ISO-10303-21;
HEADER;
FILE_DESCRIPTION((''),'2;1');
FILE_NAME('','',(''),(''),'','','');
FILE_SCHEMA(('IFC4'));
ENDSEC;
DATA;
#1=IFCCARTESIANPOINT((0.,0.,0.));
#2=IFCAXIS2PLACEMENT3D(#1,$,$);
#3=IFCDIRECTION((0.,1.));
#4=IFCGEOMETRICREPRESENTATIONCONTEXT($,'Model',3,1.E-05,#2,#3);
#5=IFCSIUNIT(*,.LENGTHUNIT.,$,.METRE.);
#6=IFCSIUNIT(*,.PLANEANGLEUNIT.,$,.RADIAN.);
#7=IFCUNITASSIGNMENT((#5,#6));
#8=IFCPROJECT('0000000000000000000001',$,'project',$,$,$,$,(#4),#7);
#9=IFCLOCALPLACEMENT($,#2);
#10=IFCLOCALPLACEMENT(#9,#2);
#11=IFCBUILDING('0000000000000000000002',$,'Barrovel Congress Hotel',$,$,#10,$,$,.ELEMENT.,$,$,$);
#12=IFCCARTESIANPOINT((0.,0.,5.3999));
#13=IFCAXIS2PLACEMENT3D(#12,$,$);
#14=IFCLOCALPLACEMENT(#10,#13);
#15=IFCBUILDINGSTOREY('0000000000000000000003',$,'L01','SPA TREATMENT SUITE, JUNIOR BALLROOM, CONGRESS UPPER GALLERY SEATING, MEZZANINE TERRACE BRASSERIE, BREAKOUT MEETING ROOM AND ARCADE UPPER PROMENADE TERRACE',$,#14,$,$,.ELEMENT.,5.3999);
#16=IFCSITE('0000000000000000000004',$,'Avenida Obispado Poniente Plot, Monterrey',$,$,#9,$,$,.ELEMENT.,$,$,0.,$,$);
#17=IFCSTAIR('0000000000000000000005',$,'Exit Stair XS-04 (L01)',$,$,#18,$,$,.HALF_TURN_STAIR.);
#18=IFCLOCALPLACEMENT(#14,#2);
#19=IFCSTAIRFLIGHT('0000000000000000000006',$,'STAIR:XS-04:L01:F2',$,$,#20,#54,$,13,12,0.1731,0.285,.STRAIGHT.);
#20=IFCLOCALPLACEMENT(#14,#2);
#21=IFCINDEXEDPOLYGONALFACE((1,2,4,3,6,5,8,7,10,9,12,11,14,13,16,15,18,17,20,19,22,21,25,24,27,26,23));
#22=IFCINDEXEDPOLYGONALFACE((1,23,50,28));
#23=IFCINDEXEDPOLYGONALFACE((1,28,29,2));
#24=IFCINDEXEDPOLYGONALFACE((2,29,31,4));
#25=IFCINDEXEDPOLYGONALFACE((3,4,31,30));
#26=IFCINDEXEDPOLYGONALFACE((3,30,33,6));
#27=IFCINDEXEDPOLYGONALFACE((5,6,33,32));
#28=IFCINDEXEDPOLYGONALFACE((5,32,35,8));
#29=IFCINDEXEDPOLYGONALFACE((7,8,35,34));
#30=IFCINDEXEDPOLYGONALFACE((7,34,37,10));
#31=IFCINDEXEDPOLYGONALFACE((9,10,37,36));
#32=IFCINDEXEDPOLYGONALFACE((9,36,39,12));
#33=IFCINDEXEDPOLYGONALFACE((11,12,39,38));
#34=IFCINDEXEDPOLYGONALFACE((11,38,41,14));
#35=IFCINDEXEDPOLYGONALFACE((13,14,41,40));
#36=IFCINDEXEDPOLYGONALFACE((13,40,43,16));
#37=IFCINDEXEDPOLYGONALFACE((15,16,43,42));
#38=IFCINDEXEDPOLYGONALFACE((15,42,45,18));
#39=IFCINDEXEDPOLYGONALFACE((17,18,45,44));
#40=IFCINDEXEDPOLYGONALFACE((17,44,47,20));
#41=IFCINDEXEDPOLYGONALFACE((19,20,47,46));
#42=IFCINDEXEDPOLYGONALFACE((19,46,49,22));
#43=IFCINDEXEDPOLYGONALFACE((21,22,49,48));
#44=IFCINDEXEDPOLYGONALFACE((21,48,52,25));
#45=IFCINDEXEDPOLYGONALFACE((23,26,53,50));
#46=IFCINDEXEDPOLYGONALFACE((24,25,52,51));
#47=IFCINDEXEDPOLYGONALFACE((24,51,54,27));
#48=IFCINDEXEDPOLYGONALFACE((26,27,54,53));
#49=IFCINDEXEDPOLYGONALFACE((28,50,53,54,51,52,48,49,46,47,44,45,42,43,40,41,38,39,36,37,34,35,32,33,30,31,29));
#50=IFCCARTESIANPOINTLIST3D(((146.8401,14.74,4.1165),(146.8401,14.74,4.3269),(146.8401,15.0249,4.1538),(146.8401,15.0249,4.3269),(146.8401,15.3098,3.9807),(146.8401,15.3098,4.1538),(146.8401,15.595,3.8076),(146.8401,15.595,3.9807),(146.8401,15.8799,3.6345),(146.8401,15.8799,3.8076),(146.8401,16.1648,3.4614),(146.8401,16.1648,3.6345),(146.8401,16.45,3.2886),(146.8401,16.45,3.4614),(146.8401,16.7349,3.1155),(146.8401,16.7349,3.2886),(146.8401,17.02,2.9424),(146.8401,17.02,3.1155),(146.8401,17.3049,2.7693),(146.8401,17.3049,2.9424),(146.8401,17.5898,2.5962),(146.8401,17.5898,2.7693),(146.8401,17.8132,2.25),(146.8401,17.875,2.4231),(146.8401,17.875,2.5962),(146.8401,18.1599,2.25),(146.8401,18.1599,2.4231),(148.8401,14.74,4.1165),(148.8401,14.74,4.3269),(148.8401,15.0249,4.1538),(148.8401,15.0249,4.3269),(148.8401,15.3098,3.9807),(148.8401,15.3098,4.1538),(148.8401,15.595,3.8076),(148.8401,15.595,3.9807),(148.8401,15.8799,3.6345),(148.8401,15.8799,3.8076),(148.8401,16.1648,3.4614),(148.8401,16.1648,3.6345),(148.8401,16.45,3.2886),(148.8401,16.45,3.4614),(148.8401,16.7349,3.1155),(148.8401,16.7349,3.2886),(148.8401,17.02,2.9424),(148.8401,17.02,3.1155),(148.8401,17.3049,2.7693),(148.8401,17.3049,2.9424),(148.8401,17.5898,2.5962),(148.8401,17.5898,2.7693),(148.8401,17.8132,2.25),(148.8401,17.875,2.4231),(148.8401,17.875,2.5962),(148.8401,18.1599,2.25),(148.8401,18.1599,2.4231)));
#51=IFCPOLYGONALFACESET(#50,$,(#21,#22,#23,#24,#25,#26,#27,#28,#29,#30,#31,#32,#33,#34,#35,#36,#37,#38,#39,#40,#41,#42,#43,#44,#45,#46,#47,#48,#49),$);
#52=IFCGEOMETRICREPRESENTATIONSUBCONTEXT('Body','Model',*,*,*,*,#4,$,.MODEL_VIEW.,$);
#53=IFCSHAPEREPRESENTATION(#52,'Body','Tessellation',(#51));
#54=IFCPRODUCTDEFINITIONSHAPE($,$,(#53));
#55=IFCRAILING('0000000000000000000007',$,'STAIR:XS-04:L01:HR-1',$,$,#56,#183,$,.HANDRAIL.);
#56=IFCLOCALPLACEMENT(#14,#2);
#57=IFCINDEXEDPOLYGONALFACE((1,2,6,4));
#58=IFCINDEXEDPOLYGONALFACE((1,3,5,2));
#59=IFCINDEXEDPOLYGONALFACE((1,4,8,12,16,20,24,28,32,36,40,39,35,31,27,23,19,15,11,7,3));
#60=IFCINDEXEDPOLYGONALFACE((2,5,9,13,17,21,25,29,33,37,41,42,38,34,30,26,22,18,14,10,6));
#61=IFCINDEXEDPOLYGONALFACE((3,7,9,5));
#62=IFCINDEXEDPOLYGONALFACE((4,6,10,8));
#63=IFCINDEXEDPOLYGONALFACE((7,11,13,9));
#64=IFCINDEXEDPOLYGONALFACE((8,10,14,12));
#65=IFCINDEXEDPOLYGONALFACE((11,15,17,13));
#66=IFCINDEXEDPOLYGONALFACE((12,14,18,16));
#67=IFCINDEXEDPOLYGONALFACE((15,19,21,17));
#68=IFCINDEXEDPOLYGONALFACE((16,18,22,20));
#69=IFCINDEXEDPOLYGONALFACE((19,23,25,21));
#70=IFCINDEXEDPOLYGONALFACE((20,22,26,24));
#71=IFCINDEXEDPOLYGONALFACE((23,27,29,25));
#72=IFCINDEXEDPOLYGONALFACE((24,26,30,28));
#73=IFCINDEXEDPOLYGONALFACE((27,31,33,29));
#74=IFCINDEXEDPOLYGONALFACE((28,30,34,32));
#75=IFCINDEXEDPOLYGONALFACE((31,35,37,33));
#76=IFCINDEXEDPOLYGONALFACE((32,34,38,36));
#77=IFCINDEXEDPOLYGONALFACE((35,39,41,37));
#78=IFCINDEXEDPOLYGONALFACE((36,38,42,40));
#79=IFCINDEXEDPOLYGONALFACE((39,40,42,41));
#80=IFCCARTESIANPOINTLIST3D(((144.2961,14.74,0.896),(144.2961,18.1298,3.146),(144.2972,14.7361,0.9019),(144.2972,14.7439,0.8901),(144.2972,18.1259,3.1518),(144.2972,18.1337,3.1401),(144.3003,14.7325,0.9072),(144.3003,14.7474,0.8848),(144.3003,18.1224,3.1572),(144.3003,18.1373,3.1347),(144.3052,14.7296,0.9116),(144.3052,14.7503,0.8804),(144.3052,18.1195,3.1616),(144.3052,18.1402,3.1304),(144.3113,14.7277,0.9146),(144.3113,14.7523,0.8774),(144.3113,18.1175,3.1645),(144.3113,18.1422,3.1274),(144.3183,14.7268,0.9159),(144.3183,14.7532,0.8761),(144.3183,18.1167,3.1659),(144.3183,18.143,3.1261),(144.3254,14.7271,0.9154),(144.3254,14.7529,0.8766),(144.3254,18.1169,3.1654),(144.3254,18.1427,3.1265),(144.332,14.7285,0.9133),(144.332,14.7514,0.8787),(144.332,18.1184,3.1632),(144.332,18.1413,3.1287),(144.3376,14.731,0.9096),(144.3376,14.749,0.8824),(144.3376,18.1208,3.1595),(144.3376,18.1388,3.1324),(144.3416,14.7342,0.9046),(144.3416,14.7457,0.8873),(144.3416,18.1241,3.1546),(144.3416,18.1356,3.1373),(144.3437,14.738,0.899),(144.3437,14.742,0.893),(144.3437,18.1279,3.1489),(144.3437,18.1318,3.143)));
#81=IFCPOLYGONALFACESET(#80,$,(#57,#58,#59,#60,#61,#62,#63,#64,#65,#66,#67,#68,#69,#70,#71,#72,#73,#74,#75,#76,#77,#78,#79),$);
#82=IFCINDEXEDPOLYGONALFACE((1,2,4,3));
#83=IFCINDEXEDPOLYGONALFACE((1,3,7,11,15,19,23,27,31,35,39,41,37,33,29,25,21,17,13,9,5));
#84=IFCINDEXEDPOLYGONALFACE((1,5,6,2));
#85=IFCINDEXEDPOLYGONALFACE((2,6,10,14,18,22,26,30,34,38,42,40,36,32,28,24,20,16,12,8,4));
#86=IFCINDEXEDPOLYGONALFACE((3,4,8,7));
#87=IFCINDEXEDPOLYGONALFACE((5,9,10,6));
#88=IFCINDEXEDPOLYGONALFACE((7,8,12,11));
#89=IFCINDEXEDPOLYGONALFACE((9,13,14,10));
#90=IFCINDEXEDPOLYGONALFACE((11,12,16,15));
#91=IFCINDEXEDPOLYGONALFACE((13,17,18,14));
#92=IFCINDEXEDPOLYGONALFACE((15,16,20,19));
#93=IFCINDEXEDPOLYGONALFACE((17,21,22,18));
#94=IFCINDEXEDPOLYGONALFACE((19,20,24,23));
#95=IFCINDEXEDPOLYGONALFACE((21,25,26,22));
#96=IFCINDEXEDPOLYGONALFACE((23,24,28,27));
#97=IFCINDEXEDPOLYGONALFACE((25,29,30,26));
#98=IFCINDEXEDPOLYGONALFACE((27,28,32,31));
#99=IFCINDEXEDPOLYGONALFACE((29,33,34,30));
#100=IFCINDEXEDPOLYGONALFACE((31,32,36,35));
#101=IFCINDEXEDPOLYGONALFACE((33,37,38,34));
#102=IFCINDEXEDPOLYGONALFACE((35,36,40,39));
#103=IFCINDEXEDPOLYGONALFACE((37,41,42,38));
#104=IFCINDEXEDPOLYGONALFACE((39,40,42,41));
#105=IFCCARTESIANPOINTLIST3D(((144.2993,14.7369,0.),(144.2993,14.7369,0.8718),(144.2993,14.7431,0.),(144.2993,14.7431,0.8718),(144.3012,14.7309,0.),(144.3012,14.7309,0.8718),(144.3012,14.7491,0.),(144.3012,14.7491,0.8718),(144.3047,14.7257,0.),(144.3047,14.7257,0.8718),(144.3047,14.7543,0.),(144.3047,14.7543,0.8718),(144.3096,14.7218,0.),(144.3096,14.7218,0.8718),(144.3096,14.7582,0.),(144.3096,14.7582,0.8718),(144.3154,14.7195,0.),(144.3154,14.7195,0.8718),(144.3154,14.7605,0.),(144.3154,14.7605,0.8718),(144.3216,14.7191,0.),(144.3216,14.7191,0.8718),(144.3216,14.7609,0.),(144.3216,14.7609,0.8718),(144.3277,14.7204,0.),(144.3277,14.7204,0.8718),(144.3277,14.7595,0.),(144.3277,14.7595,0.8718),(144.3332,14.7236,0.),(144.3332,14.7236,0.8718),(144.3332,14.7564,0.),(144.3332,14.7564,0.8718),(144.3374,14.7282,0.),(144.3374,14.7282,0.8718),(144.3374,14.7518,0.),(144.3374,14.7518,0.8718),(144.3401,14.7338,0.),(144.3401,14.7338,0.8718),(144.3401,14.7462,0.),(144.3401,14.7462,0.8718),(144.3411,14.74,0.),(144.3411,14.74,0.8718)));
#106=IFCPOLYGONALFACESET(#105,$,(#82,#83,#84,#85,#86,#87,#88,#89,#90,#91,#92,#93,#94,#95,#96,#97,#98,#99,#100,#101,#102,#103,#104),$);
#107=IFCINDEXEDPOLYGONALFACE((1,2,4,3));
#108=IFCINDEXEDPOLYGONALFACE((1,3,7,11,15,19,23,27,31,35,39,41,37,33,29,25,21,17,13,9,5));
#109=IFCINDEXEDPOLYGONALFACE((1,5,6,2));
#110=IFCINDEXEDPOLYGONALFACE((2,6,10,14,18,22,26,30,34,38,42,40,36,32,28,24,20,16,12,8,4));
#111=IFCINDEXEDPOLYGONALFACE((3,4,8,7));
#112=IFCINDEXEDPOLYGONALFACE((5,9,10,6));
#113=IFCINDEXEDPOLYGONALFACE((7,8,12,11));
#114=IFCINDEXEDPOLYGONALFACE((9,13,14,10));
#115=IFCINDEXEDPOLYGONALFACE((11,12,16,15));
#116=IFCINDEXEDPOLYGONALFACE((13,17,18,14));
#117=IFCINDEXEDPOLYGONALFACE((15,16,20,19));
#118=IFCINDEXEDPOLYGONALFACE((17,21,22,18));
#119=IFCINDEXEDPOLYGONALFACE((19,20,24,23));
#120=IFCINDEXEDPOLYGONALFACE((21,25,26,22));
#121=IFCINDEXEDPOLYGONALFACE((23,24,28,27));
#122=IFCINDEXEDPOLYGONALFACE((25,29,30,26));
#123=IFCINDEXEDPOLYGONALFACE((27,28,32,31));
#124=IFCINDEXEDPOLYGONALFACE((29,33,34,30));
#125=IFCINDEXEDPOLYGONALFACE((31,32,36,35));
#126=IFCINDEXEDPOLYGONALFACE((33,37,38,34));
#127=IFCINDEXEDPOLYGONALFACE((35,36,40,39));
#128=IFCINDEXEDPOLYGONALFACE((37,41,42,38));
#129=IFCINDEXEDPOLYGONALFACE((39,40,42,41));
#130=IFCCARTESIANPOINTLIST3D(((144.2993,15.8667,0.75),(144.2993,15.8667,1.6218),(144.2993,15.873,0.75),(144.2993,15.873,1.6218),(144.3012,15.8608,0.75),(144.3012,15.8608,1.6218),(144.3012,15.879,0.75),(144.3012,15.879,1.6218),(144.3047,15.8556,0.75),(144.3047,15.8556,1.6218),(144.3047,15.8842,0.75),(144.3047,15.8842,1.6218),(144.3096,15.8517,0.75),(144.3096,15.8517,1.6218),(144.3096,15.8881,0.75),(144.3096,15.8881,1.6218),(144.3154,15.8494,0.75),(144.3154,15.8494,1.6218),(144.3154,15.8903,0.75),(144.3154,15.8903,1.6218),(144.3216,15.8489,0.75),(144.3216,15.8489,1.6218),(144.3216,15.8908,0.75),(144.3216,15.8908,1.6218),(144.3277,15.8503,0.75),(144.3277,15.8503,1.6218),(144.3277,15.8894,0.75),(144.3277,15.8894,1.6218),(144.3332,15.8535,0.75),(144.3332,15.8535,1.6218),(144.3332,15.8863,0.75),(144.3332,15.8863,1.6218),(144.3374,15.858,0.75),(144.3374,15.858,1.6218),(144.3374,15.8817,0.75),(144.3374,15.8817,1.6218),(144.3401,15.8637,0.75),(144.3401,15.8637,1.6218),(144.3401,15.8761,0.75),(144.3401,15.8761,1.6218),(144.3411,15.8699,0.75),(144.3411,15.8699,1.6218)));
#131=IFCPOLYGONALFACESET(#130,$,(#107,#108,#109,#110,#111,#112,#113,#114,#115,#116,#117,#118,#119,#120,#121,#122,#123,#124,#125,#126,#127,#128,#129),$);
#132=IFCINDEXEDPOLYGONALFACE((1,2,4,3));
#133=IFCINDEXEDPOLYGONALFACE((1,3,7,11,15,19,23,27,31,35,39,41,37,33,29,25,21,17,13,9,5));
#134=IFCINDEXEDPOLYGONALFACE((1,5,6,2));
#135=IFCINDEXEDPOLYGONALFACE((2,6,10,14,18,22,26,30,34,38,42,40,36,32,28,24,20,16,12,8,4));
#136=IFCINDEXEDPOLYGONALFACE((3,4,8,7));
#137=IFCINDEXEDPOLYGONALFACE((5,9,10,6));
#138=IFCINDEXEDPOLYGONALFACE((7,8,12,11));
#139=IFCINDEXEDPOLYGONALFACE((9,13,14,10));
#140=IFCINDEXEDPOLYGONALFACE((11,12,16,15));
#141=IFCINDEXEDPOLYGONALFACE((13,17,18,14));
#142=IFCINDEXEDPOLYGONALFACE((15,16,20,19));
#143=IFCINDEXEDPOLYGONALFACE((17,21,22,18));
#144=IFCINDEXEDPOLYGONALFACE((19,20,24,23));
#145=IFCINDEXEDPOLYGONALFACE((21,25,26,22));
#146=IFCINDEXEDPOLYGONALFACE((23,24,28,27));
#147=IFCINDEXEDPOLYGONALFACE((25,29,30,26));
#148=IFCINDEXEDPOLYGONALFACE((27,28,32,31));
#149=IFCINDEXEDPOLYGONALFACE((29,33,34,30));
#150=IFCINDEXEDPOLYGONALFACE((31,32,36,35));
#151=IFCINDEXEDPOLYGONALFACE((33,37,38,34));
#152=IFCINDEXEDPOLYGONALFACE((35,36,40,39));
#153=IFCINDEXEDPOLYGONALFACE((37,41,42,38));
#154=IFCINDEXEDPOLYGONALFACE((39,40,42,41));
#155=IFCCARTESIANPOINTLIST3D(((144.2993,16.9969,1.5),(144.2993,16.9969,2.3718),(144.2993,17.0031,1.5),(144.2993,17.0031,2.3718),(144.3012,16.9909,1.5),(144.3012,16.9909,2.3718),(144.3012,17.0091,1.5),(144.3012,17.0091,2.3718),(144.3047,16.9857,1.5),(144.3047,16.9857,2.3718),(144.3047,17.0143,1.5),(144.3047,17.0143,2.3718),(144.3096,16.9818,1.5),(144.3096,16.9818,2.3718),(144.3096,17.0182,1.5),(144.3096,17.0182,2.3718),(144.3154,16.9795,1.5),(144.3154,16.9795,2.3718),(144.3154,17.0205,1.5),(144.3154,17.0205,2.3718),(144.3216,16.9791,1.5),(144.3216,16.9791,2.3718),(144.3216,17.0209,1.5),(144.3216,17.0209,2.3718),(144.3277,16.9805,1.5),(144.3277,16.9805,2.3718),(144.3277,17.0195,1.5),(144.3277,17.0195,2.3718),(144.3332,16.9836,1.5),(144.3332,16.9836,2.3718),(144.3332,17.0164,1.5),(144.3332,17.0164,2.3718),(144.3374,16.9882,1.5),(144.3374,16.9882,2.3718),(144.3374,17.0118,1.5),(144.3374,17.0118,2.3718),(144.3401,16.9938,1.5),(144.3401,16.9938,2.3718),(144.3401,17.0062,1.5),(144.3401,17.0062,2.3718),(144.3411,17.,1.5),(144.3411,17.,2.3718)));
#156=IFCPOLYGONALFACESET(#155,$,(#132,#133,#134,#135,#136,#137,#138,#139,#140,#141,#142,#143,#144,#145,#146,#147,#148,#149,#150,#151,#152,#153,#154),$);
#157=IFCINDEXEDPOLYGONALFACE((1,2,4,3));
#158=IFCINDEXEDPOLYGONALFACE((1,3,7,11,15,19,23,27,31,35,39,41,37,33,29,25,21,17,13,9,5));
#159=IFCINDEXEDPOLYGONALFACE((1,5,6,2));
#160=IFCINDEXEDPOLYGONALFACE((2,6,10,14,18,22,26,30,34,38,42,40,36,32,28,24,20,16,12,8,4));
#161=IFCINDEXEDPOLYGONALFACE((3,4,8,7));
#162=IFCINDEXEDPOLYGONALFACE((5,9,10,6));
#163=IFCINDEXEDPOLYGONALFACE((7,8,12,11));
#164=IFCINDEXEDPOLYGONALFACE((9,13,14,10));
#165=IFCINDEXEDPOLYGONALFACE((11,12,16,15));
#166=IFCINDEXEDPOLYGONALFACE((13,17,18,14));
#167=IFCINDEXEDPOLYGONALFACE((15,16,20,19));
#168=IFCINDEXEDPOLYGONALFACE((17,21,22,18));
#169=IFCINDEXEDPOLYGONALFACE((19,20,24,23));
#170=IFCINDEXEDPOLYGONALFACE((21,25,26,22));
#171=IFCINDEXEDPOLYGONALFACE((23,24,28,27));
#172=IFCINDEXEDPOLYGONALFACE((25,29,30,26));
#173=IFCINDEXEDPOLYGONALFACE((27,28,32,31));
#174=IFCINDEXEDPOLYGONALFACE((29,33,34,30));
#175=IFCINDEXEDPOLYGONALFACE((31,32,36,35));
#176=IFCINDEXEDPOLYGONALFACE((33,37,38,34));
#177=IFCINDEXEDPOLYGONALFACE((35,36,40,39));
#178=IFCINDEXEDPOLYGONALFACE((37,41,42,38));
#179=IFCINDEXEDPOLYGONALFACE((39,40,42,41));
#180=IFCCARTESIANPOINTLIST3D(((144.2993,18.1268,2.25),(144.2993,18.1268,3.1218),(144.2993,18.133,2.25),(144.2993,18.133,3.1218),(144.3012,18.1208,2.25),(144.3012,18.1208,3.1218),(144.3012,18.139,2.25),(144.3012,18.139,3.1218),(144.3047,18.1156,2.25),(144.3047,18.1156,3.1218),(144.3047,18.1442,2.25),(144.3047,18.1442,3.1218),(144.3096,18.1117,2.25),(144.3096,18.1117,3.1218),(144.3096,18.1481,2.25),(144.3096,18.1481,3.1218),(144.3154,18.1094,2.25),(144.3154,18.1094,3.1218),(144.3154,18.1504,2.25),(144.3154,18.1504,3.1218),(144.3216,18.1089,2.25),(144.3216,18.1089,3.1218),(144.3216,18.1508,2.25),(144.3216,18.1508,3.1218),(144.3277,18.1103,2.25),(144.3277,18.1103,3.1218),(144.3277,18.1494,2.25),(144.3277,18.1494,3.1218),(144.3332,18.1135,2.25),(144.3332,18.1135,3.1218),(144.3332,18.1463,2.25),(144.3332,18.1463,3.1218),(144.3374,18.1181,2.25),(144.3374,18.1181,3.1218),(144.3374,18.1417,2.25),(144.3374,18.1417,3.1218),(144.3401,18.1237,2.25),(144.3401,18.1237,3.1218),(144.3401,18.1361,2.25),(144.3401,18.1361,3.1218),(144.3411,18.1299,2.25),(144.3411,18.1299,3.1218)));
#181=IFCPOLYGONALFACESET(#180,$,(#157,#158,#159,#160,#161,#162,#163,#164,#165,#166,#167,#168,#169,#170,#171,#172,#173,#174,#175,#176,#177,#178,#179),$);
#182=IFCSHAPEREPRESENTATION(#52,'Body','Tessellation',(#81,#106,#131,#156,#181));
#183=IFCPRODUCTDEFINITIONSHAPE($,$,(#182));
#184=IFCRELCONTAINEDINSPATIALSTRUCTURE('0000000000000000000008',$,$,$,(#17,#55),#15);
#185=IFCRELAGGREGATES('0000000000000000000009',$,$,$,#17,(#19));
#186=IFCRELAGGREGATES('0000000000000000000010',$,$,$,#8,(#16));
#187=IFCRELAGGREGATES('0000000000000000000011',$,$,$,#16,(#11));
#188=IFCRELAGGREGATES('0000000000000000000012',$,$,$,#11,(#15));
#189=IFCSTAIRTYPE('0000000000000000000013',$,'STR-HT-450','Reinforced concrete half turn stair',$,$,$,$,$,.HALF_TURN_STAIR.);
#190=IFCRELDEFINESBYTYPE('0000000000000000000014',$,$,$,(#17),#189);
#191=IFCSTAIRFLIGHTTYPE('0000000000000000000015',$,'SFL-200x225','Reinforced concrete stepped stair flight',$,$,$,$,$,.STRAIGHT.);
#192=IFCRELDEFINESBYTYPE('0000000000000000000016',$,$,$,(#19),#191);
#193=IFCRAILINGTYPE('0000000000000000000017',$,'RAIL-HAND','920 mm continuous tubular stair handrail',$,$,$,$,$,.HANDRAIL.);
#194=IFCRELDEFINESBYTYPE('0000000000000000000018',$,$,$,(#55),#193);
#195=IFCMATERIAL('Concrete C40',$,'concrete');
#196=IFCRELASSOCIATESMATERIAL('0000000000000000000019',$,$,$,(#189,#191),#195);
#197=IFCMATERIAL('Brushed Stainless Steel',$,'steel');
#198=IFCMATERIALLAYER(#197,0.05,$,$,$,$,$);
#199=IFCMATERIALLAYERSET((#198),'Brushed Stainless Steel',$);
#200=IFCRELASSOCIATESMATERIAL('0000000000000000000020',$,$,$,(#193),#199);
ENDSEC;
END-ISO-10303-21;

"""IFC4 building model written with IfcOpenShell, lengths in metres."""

from ifc_helpers import new_model, si_unit, direction, frame, origin, origin_2d, place, context, subcontext, project, spatial, polyline, circle, outline, extrude, material, layer, layer_set, type_object, element, aggregate, save


model = new_model("IFC4")

# Units and contexts
model_context = context("Model", 3, precision=1e-05, world=origin(), true_north=direction((0.0, 1.0)))
body_context = subcontext(model_context, "Body", "Model", "MODEL_VIEW")
ifc_project = project(units=[si_unit("LENGTHUNIT", "METRE"), si_unit("PLANEANGLEUNIT", "RADIAN")], contexts=[model_context])

# Site, building, storey
site_placement = place(None, origin())
site = spatial("IfcSite", under=ifc_project, at=site_placement, Name="Avenida Obispado Poniente Plot, Monterrey", CompositionType="ELEMENT", RefElevation=0.0)
building_placement = place(site_placement, origin())
building = spatial("IfcBuilding", under=site, at=building_placement, Name="Barrovel Congress Hotel", CompositionType="ELEMENT")
storey_placement = place(building_placement, frame((0.0, 0.0, 5.3999)))
storey = spatial("IfcBuildingStorey", under=building, at=storey_placement, Name="L01", Description="SPA TREATMENT SUITE, JUNIOR BALLROOM, CONGRESS UPPER GALLERY SEATING, MEZZANINE TERRACE BRASSERIE, BREAKOUT MEETING ROOM AND ARCADE UPPER PROMENADE TERRACE", CompositionType="ELEMENT", Elevation=5.3999)

# Shared definitions
ifc_material_1 = material(Name="Concrete C40", Category="concrete")

# Stair, stair flight
stair_type = type_object("IfcStairType", Name="STR-HT-450", Description="Reinforced concrete half turn stair", PredefinedType="HALF_TURN_STAIR", material=ifc_material_1)
stair_placement = place(storey_placement, origin())
stair = element("IfcStair", 1, at=stair_placement, inside=storey, type_object=stair_type, Name="Exit Stair XS-04 (L01)", PredefinedType="HALF_TURN_STAIR")
stair_flight_type = type_object("IfcStairFlightType", Name="SFL-200x225", Description="Reinforced concrete stepped stair flight", PredefinedType="STRAIGHT", material=ifc_material_1)
stair_flight_1_placement = place(storey_placement, frame((147.8401, 18.1599, 2.25), z_axis=(0.0, 0.0, 1.0), x_axis=(0.0, -1.0, 0.0)))
stair_flight_1 = element("IfcStairFlight", 2, at=stair_flight_1_placement, type_object=stair_flight_type, Name="STAIR:XS-04:L01:F2", NumberOfRisers=13, NumberOfTreads=12, PredefinedType="STRAIGHT", RiserHeight=0.1731, TreadLength=0.285, context=body_context, shape_type="SweptSolid", body=[
    extrude(outline(polyline([(0.0, 0.0), (0.0, 0.1731), (0.2849, 0.1731), (0.2849, 0.3462), (0.5701, 0.3462), (0.5701, 0.5193), (0.855, 0.5193), (0.855, 0.6924), (1.1399, 0.6924), (1.1399, 0.8655), (1.425, 0.8655), (1.425, 1.0386), (1.71, 1.0386), (1.71, 1.2114), (1.9951, 1.2114), (1.9951, 1.3845), (2.28, 1.3845), (2.28, 1.5576), (2.5649, 1.5576), (2.5649, 1.7307), (2.8501, 1.7307), (2.8501, 1.9038), (3.135, 1.9038), (3.135, 2.0769), (3.4199, 2.0769), (3.4199, 2.25), (3.4199, 1.8665), (0.3467, 0.0), (0.0, 0.0)])), frame((0.0, 1.0, 0.0), z_axis=(0.0, -1.0, 0.0), x_axis=(1.0, 0.0, 0.0)), (0.0, 0.0, 1.0), 2.0),
])
aggregate(stair, [stair_flight_1])

# Railing
ifc_material_2 = material(Name="Brushed Stainless Steel", Category="steel")
ifc_layer_1 = layer(ifc_material_2, 0.05)
ifc_layer_set_1 = layer_set([ifc_layer_1], Name="Brushed Stainless Steel")
railing_type_1 = type_object("IfcRailingType", Name="RAIL-HAND", Description="920 mm continuous tubular stair handrail", PredefinedType="HANDRAIL", material=ifc_layer_set_1)
railing_1_placement = place(storey_placement, frame((144.3201, 14.74, 0.0)))
element("IfcRailing", 3, at=railing_1_placement, inside=storey, type_object=railing_type_1, Name="STAIR:XS-04:L01:HR-1", PredefinedType="HANDRAIL", context=body_context, shape_type="SweptSolid", body=[
    extrude(circle(Radius=0.0239, at=origin_2d()), frame((0.0, 0.0, 0.896), z_axis=(0.0, 0.833175, 0.55301), x_axis=(-1.0, 0.0, 0.0)), (0.0, 0.0, 1.0), 4.0686),
    extrude(circle(Radius=0.021, at=origin_2d()), origin(), (0.0, 0.0, 1.0), 0.8718),
    extrude(circle(Radius=0.021, at=origin_2d()), frame((0.0, 1.1299, 0.75)), (0.0, 0.0, 1.0), 0.8718),
    extrude(circle(Radius=0.021, at=origin_2d()), frame((0.0, 2.26, 1.5)), (0.0, 0.0, 1.0), 0.8718),
    extrude(circle(Radius=0.021, at=origin_2d()), frame((0.0, 3.3899, 2.25)), (0.0, 0.0, 1.0), 0.8718),
])

save(model, "model.ifc")
